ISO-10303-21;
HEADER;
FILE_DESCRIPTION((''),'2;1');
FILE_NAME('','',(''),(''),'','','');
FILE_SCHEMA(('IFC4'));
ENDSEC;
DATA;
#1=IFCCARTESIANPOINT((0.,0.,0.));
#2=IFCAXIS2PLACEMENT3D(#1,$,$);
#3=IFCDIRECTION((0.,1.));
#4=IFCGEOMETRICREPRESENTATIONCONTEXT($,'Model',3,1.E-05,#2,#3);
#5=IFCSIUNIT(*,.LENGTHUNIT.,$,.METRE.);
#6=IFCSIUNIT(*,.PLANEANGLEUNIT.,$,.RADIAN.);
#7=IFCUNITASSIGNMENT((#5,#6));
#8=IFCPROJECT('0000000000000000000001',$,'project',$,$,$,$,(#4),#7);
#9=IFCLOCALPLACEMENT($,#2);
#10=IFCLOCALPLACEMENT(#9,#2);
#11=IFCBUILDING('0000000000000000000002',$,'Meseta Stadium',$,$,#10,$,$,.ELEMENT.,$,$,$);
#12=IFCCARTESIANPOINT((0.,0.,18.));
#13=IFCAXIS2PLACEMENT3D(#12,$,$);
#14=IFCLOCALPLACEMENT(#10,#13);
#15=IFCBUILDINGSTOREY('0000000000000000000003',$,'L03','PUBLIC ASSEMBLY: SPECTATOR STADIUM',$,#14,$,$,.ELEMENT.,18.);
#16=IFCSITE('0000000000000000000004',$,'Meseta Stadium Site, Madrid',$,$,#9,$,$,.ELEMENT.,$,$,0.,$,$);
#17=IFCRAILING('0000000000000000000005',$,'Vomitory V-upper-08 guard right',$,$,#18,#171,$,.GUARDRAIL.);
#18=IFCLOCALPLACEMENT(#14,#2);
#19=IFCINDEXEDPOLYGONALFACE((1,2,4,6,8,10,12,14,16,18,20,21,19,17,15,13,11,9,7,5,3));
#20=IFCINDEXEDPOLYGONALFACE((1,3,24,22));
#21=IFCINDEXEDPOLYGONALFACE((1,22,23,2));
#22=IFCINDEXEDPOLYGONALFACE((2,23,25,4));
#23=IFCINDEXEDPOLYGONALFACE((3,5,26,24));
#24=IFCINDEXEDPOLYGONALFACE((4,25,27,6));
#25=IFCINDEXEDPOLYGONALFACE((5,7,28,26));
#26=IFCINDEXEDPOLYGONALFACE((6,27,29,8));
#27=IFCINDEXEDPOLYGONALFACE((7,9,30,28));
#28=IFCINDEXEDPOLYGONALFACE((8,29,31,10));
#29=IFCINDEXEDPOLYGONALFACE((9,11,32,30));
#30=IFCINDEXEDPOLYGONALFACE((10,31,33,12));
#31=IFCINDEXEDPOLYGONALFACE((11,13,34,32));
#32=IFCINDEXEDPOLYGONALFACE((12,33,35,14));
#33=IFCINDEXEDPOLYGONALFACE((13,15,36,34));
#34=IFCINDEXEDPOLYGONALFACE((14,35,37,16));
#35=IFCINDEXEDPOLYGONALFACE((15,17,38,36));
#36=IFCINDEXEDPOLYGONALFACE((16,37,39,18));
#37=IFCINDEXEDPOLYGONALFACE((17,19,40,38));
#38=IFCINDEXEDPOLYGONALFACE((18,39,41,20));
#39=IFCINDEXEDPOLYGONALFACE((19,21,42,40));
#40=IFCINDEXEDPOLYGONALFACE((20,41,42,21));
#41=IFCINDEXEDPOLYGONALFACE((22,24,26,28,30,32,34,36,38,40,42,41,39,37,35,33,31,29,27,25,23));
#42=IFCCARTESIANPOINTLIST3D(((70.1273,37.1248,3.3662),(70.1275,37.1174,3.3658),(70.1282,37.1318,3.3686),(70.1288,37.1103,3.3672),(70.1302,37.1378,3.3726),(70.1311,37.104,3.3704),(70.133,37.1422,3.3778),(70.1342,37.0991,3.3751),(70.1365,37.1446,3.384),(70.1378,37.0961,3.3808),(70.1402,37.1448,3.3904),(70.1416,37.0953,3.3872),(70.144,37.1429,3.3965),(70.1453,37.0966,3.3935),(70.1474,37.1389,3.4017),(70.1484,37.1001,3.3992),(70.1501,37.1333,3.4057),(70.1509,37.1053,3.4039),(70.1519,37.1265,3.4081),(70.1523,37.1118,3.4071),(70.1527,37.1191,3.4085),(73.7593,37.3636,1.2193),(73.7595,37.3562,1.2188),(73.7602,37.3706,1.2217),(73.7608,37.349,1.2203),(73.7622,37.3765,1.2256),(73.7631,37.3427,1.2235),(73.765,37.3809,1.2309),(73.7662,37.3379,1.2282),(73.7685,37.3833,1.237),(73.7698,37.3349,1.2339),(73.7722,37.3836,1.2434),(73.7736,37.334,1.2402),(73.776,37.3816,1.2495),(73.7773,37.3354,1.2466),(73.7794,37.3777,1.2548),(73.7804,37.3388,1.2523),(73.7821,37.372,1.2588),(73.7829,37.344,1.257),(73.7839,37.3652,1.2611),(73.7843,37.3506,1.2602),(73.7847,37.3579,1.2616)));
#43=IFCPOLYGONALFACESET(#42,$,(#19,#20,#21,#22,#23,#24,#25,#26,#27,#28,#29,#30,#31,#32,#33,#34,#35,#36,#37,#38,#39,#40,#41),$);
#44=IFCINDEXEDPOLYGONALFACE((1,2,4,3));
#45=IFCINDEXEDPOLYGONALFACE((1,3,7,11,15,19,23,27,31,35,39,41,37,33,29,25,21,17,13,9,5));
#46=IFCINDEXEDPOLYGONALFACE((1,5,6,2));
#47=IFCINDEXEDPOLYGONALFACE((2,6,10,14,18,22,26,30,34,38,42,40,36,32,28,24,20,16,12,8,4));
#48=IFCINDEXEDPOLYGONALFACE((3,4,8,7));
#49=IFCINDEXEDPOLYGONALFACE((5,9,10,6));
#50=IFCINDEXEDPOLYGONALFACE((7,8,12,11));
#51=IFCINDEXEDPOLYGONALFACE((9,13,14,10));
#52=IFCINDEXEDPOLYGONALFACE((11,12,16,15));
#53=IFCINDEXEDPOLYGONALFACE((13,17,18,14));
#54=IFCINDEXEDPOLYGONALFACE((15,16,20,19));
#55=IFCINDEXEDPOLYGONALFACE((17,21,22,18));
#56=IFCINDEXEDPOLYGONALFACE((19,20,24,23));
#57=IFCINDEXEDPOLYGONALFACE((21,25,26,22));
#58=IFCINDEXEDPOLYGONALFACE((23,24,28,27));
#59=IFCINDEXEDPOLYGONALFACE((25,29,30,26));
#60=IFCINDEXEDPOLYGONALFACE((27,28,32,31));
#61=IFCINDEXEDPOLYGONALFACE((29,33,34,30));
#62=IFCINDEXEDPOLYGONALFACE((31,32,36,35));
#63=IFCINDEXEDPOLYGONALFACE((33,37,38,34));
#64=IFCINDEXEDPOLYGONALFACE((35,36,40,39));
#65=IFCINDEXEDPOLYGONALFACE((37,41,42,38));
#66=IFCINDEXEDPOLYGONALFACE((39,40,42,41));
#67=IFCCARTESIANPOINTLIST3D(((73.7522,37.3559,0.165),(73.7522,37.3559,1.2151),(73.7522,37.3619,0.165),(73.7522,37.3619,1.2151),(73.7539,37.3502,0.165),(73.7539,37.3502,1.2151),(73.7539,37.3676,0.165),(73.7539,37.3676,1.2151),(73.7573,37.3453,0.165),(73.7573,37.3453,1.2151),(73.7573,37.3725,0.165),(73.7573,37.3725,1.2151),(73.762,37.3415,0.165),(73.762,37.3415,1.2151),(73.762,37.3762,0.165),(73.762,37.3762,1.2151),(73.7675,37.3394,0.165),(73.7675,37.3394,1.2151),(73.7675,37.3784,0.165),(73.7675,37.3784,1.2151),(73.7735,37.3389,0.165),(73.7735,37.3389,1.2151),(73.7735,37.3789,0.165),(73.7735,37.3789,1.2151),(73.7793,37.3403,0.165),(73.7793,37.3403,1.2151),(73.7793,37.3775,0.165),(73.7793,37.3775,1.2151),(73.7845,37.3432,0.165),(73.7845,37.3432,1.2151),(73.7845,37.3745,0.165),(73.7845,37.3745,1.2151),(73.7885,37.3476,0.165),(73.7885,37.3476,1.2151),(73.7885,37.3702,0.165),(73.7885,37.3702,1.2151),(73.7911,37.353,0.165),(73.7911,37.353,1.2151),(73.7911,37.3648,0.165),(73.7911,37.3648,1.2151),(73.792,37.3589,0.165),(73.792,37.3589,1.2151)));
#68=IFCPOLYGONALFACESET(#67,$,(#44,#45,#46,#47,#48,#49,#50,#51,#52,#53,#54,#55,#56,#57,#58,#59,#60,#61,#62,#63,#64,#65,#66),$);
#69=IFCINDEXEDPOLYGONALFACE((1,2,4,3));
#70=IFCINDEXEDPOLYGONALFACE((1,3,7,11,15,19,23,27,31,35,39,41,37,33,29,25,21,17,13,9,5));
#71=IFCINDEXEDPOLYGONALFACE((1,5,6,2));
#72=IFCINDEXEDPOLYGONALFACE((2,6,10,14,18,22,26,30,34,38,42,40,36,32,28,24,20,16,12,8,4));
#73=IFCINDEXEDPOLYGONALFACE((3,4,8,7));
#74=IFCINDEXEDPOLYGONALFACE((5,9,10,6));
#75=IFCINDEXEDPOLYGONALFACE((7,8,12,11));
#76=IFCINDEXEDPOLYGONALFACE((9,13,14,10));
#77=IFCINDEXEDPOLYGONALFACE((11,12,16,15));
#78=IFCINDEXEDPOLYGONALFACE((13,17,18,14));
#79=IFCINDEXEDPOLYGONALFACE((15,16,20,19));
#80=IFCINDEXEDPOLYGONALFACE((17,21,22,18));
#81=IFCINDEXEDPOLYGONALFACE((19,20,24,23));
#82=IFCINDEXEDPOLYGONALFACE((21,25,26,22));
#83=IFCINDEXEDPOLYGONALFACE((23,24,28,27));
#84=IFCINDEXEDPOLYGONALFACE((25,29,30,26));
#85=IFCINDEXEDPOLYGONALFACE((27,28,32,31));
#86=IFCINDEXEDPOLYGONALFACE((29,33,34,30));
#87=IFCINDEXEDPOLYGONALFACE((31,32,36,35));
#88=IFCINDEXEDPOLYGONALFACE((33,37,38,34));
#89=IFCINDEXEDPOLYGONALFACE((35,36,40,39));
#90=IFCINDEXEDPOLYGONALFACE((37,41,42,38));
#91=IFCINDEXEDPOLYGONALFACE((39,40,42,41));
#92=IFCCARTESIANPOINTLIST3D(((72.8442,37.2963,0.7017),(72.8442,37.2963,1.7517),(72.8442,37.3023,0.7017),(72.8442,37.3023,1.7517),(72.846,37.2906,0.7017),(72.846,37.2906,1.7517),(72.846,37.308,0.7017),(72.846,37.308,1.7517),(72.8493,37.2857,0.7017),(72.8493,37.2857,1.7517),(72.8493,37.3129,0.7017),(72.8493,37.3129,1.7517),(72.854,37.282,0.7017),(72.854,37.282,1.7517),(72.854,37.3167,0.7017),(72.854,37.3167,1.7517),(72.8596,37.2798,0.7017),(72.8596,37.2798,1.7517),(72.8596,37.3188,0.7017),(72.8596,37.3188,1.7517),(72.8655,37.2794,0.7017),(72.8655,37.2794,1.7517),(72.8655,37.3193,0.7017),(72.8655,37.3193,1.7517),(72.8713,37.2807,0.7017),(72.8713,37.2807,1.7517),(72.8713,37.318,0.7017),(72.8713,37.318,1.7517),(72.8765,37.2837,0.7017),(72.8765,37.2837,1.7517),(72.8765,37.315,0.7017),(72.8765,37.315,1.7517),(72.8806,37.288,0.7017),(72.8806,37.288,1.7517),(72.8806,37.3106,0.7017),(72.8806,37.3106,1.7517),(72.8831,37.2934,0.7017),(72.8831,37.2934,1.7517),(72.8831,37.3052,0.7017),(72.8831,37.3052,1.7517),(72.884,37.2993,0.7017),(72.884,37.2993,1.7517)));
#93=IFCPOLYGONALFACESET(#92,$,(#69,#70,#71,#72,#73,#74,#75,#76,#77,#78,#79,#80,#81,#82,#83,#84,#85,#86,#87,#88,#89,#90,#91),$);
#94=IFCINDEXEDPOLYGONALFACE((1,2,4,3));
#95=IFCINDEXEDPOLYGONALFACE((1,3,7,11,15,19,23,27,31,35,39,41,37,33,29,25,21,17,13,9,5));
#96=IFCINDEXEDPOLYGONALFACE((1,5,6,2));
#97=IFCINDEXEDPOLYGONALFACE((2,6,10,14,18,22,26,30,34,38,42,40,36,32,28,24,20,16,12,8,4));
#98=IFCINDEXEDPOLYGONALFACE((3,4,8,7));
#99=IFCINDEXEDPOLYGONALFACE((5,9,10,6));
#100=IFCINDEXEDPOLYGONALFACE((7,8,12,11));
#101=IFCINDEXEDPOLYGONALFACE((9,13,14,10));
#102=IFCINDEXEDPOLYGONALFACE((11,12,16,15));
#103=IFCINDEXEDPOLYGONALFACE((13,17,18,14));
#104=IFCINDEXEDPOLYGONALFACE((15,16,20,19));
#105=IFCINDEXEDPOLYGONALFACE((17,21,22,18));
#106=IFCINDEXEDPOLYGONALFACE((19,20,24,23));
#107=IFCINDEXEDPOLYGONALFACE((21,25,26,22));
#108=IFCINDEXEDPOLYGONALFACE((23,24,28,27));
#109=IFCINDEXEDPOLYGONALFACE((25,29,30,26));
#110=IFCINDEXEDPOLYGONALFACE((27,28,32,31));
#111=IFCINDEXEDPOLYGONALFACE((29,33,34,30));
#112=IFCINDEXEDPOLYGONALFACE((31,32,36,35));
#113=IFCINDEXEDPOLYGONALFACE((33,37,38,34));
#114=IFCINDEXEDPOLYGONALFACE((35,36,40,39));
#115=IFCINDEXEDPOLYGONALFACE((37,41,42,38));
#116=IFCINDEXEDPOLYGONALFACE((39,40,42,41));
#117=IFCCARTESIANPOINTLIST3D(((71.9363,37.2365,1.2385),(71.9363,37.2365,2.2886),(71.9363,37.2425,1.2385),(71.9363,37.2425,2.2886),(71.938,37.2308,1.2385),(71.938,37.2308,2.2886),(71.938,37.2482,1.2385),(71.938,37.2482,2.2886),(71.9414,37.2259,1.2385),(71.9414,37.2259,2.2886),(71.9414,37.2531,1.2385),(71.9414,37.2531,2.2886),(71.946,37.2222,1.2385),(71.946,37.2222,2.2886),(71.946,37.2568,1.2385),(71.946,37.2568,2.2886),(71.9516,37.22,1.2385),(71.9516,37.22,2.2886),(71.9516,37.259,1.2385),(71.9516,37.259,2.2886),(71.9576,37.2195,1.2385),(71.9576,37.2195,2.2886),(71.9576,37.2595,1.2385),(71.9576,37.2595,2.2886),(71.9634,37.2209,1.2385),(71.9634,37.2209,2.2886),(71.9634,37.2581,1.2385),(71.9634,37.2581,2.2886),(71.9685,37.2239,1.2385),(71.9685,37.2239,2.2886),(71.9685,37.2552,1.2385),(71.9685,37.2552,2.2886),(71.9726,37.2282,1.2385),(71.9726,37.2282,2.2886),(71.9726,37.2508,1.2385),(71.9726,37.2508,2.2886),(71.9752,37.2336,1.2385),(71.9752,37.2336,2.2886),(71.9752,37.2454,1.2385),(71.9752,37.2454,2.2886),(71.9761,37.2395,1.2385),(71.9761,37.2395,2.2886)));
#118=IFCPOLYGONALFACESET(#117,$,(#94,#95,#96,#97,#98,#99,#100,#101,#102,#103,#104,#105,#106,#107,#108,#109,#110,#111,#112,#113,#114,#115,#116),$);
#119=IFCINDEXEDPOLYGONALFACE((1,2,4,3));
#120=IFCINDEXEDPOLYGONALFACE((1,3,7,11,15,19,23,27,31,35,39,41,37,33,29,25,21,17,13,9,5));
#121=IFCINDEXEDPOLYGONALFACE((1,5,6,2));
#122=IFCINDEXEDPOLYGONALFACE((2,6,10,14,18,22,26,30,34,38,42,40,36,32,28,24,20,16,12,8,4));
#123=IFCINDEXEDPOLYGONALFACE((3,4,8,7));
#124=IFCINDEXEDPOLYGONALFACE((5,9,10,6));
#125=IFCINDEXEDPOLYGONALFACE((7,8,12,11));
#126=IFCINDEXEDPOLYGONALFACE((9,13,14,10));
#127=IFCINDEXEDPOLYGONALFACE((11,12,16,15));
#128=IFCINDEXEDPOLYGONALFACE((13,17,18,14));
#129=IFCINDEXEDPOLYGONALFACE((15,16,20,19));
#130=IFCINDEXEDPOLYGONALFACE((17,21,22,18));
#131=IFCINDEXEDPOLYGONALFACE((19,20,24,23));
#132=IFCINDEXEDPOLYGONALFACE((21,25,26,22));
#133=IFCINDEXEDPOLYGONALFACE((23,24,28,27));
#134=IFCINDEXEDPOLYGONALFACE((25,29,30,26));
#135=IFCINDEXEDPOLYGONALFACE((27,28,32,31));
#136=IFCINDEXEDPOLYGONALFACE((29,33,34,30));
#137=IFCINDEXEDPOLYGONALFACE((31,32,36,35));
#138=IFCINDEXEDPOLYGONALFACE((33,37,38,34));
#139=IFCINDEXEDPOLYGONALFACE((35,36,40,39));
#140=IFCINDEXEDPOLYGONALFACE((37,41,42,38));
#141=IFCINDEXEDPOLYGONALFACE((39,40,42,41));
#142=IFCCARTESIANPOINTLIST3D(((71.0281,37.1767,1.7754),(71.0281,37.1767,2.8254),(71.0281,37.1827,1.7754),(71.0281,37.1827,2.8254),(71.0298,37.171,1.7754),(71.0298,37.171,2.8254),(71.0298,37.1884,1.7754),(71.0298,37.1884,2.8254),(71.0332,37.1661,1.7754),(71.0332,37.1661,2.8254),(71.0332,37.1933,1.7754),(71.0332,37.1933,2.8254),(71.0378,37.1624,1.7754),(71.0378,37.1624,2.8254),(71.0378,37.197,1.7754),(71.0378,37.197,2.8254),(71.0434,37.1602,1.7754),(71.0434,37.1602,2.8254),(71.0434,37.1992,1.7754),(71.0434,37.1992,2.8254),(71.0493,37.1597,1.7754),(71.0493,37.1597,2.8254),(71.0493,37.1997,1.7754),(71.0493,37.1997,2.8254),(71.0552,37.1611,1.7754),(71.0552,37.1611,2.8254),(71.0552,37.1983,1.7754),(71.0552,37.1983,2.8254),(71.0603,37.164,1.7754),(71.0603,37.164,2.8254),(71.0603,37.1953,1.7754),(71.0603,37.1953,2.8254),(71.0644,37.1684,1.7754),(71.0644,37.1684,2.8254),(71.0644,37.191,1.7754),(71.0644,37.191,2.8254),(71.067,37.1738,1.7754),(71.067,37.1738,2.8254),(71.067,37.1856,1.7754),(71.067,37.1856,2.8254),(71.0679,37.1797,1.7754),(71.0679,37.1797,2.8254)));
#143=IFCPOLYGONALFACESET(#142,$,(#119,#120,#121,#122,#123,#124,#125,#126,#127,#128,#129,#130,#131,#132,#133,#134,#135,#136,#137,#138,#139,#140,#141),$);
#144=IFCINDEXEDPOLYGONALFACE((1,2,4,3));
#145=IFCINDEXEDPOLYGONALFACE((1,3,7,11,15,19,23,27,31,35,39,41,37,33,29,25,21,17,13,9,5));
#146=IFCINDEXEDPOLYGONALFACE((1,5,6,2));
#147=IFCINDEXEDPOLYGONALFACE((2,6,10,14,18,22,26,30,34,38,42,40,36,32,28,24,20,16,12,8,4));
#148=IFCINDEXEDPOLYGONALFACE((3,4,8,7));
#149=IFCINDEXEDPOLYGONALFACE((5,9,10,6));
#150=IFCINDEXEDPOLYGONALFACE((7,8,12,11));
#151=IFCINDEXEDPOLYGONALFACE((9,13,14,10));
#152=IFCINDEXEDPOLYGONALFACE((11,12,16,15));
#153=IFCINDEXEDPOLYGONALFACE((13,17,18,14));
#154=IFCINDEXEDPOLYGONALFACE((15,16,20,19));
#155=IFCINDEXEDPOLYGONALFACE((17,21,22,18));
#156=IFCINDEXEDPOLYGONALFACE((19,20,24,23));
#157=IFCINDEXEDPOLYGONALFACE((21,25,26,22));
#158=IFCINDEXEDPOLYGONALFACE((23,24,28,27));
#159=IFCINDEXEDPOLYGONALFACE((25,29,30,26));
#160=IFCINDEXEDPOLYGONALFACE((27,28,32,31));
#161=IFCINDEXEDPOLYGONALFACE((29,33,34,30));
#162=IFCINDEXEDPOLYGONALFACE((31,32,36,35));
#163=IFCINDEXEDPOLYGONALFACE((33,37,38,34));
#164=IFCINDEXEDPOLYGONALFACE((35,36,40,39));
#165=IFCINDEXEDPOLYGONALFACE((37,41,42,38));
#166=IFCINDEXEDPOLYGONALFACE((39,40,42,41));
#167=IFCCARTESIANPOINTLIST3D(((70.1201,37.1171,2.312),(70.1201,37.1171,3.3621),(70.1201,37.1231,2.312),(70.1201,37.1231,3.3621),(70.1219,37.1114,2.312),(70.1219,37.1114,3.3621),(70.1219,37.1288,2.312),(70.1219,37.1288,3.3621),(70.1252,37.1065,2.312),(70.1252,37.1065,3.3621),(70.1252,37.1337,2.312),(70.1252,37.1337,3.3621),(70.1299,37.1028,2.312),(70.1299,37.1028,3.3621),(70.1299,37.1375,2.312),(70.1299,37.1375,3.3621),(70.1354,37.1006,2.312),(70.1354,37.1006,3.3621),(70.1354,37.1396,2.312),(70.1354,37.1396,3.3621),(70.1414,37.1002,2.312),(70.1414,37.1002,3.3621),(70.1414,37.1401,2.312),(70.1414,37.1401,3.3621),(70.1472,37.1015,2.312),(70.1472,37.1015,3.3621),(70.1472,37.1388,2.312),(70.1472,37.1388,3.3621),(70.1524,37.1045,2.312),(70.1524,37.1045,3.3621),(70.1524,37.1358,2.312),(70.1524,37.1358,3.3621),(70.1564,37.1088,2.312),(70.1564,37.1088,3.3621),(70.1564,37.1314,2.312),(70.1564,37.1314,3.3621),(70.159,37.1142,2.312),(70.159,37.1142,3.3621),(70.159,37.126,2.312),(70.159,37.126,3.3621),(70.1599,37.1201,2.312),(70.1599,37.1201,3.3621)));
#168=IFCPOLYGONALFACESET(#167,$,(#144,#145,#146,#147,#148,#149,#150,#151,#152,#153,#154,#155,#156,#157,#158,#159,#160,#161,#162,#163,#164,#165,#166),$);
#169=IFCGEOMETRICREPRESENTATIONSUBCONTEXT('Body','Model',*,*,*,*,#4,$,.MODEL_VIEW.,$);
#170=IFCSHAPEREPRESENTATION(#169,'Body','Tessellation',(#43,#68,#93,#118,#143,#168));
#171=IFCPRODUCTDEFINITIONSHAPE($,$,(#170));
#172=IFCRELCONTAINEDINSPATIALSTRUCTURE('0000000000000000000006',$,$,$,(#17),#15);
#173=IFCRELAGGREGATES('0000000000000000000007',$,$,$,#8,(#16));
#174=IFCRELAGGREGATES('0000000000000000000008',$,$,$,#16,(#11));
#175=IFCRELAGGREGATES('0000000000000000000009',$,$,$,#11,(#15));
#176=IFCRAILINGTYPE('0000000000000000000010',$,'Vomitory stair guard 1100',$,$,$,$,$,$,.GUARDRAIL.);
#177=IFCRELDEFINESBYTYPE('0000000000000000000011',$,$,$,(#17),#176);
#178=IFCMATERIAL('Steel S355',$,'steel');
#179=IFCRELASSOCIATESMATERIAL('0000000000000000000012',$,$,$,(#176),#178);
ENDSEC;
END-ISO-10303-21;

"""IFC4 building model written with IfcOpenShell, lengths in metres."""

from ifc_helpers import new_model, si_unit, direction, frame, origin, origin_2d, place, context, subcontext, project, spatial, circle, extrude, material, type_object, element, save


model = new_model("IFC4")

# Units and contexts
model_context = context("Model", 3, precision=1e-05, world=origin(), true_north=direction((0.0, 1.0)))
body_context = subcontext(model_context, "Body", "Model", "MODEL_VIEW")
ifc_project = project(units=[si_unit("LENGTHUNIT", "METRE"), si_unit("PLANEANGLEUNIT", "RADIAN")], contexts=[model_context])

# Site, building, storey
site_placement = place(None, origin())
site = spatial("IfcSite", under=ifc_project, at=site_placement, Name="Meseta Stadium Site, Madrid", CompositionType="ELEMENT", RefElevation=0.0)
building_placement = place(site_placement, origin())
building = spatial("IfcBuilding", under=site, at=building_placement, Name="Meseta Stadium", CompositionType="ELEMENT")
storey_placement = place(building_placement, frame((0.0, 0.0, 18.0)))
storey = spatial("IfcBuildingStorey", under=building, at=storey_placement, Name="L03", Description="PUBLIC ASSEMBLY: SPECTATOR STADIUM", CompositionType="ELEMENT", Elevation=18.0)

# Railing
ifc_material_1 = material(Name="Steel S355", Category="steel")
railing_type_1 = type_object("IfcRailingType", Name="Vomitory stair guard 1100", PredefinedType="GUARDRAIL", material=ifc_material_1)
for number, where, name in (
    (1, (73.772, 37.3589, 0.165), "Vomitory V-upper-08 guard right"),
):
    element("IfcRailing", number, at=place(storey_placement, frame(where)), inside=storey, type_object=railing_type_1, Name=name, PredefinedType="GUARDRAIL", context=body_context, shape_type="SweptSolid", body=[
        extrude(circle(Radius=0.0249, at=origin_2d()), frame((0.0, 0.0, 1.0752), z_axis=(-0.859474, -0.056501, 0.508047), x_axis=(0.065597, -0.997846, 0.0)), (0.0, 0.0, 1.0), 4.2258),
        extrude(circle(Radius=0.02, at=origin_2d()), origin(), (0.0, 0.0, 1.0), 1.05),
        extrude(circle(Radius=0.02, at=origin_2d()), frame((-0.908, -0.0596, 0.5366)), (0.0, 0.0, 1.0), 1.05),
        extrude(circle(Radius=0.02, at=origin_2d()), frame((-1.8159, -0.1194, 1.0735)), (0.0, 0.0, 1.0), 1.05),
        extrude(circle(Radius=0.02, at=origin_2d()), frame((-2.7241, -0.1792, 1.6104)), (0.0, 0.0, 1.0), 1.05),
        extrude(circle(Radius=0.02, at=origin_2d()), frame((-3.6321, -0.2388, 2.147)), (0.0, 0.0, 1.0), 1.05),
    ])

save(model, "model.ifc")
